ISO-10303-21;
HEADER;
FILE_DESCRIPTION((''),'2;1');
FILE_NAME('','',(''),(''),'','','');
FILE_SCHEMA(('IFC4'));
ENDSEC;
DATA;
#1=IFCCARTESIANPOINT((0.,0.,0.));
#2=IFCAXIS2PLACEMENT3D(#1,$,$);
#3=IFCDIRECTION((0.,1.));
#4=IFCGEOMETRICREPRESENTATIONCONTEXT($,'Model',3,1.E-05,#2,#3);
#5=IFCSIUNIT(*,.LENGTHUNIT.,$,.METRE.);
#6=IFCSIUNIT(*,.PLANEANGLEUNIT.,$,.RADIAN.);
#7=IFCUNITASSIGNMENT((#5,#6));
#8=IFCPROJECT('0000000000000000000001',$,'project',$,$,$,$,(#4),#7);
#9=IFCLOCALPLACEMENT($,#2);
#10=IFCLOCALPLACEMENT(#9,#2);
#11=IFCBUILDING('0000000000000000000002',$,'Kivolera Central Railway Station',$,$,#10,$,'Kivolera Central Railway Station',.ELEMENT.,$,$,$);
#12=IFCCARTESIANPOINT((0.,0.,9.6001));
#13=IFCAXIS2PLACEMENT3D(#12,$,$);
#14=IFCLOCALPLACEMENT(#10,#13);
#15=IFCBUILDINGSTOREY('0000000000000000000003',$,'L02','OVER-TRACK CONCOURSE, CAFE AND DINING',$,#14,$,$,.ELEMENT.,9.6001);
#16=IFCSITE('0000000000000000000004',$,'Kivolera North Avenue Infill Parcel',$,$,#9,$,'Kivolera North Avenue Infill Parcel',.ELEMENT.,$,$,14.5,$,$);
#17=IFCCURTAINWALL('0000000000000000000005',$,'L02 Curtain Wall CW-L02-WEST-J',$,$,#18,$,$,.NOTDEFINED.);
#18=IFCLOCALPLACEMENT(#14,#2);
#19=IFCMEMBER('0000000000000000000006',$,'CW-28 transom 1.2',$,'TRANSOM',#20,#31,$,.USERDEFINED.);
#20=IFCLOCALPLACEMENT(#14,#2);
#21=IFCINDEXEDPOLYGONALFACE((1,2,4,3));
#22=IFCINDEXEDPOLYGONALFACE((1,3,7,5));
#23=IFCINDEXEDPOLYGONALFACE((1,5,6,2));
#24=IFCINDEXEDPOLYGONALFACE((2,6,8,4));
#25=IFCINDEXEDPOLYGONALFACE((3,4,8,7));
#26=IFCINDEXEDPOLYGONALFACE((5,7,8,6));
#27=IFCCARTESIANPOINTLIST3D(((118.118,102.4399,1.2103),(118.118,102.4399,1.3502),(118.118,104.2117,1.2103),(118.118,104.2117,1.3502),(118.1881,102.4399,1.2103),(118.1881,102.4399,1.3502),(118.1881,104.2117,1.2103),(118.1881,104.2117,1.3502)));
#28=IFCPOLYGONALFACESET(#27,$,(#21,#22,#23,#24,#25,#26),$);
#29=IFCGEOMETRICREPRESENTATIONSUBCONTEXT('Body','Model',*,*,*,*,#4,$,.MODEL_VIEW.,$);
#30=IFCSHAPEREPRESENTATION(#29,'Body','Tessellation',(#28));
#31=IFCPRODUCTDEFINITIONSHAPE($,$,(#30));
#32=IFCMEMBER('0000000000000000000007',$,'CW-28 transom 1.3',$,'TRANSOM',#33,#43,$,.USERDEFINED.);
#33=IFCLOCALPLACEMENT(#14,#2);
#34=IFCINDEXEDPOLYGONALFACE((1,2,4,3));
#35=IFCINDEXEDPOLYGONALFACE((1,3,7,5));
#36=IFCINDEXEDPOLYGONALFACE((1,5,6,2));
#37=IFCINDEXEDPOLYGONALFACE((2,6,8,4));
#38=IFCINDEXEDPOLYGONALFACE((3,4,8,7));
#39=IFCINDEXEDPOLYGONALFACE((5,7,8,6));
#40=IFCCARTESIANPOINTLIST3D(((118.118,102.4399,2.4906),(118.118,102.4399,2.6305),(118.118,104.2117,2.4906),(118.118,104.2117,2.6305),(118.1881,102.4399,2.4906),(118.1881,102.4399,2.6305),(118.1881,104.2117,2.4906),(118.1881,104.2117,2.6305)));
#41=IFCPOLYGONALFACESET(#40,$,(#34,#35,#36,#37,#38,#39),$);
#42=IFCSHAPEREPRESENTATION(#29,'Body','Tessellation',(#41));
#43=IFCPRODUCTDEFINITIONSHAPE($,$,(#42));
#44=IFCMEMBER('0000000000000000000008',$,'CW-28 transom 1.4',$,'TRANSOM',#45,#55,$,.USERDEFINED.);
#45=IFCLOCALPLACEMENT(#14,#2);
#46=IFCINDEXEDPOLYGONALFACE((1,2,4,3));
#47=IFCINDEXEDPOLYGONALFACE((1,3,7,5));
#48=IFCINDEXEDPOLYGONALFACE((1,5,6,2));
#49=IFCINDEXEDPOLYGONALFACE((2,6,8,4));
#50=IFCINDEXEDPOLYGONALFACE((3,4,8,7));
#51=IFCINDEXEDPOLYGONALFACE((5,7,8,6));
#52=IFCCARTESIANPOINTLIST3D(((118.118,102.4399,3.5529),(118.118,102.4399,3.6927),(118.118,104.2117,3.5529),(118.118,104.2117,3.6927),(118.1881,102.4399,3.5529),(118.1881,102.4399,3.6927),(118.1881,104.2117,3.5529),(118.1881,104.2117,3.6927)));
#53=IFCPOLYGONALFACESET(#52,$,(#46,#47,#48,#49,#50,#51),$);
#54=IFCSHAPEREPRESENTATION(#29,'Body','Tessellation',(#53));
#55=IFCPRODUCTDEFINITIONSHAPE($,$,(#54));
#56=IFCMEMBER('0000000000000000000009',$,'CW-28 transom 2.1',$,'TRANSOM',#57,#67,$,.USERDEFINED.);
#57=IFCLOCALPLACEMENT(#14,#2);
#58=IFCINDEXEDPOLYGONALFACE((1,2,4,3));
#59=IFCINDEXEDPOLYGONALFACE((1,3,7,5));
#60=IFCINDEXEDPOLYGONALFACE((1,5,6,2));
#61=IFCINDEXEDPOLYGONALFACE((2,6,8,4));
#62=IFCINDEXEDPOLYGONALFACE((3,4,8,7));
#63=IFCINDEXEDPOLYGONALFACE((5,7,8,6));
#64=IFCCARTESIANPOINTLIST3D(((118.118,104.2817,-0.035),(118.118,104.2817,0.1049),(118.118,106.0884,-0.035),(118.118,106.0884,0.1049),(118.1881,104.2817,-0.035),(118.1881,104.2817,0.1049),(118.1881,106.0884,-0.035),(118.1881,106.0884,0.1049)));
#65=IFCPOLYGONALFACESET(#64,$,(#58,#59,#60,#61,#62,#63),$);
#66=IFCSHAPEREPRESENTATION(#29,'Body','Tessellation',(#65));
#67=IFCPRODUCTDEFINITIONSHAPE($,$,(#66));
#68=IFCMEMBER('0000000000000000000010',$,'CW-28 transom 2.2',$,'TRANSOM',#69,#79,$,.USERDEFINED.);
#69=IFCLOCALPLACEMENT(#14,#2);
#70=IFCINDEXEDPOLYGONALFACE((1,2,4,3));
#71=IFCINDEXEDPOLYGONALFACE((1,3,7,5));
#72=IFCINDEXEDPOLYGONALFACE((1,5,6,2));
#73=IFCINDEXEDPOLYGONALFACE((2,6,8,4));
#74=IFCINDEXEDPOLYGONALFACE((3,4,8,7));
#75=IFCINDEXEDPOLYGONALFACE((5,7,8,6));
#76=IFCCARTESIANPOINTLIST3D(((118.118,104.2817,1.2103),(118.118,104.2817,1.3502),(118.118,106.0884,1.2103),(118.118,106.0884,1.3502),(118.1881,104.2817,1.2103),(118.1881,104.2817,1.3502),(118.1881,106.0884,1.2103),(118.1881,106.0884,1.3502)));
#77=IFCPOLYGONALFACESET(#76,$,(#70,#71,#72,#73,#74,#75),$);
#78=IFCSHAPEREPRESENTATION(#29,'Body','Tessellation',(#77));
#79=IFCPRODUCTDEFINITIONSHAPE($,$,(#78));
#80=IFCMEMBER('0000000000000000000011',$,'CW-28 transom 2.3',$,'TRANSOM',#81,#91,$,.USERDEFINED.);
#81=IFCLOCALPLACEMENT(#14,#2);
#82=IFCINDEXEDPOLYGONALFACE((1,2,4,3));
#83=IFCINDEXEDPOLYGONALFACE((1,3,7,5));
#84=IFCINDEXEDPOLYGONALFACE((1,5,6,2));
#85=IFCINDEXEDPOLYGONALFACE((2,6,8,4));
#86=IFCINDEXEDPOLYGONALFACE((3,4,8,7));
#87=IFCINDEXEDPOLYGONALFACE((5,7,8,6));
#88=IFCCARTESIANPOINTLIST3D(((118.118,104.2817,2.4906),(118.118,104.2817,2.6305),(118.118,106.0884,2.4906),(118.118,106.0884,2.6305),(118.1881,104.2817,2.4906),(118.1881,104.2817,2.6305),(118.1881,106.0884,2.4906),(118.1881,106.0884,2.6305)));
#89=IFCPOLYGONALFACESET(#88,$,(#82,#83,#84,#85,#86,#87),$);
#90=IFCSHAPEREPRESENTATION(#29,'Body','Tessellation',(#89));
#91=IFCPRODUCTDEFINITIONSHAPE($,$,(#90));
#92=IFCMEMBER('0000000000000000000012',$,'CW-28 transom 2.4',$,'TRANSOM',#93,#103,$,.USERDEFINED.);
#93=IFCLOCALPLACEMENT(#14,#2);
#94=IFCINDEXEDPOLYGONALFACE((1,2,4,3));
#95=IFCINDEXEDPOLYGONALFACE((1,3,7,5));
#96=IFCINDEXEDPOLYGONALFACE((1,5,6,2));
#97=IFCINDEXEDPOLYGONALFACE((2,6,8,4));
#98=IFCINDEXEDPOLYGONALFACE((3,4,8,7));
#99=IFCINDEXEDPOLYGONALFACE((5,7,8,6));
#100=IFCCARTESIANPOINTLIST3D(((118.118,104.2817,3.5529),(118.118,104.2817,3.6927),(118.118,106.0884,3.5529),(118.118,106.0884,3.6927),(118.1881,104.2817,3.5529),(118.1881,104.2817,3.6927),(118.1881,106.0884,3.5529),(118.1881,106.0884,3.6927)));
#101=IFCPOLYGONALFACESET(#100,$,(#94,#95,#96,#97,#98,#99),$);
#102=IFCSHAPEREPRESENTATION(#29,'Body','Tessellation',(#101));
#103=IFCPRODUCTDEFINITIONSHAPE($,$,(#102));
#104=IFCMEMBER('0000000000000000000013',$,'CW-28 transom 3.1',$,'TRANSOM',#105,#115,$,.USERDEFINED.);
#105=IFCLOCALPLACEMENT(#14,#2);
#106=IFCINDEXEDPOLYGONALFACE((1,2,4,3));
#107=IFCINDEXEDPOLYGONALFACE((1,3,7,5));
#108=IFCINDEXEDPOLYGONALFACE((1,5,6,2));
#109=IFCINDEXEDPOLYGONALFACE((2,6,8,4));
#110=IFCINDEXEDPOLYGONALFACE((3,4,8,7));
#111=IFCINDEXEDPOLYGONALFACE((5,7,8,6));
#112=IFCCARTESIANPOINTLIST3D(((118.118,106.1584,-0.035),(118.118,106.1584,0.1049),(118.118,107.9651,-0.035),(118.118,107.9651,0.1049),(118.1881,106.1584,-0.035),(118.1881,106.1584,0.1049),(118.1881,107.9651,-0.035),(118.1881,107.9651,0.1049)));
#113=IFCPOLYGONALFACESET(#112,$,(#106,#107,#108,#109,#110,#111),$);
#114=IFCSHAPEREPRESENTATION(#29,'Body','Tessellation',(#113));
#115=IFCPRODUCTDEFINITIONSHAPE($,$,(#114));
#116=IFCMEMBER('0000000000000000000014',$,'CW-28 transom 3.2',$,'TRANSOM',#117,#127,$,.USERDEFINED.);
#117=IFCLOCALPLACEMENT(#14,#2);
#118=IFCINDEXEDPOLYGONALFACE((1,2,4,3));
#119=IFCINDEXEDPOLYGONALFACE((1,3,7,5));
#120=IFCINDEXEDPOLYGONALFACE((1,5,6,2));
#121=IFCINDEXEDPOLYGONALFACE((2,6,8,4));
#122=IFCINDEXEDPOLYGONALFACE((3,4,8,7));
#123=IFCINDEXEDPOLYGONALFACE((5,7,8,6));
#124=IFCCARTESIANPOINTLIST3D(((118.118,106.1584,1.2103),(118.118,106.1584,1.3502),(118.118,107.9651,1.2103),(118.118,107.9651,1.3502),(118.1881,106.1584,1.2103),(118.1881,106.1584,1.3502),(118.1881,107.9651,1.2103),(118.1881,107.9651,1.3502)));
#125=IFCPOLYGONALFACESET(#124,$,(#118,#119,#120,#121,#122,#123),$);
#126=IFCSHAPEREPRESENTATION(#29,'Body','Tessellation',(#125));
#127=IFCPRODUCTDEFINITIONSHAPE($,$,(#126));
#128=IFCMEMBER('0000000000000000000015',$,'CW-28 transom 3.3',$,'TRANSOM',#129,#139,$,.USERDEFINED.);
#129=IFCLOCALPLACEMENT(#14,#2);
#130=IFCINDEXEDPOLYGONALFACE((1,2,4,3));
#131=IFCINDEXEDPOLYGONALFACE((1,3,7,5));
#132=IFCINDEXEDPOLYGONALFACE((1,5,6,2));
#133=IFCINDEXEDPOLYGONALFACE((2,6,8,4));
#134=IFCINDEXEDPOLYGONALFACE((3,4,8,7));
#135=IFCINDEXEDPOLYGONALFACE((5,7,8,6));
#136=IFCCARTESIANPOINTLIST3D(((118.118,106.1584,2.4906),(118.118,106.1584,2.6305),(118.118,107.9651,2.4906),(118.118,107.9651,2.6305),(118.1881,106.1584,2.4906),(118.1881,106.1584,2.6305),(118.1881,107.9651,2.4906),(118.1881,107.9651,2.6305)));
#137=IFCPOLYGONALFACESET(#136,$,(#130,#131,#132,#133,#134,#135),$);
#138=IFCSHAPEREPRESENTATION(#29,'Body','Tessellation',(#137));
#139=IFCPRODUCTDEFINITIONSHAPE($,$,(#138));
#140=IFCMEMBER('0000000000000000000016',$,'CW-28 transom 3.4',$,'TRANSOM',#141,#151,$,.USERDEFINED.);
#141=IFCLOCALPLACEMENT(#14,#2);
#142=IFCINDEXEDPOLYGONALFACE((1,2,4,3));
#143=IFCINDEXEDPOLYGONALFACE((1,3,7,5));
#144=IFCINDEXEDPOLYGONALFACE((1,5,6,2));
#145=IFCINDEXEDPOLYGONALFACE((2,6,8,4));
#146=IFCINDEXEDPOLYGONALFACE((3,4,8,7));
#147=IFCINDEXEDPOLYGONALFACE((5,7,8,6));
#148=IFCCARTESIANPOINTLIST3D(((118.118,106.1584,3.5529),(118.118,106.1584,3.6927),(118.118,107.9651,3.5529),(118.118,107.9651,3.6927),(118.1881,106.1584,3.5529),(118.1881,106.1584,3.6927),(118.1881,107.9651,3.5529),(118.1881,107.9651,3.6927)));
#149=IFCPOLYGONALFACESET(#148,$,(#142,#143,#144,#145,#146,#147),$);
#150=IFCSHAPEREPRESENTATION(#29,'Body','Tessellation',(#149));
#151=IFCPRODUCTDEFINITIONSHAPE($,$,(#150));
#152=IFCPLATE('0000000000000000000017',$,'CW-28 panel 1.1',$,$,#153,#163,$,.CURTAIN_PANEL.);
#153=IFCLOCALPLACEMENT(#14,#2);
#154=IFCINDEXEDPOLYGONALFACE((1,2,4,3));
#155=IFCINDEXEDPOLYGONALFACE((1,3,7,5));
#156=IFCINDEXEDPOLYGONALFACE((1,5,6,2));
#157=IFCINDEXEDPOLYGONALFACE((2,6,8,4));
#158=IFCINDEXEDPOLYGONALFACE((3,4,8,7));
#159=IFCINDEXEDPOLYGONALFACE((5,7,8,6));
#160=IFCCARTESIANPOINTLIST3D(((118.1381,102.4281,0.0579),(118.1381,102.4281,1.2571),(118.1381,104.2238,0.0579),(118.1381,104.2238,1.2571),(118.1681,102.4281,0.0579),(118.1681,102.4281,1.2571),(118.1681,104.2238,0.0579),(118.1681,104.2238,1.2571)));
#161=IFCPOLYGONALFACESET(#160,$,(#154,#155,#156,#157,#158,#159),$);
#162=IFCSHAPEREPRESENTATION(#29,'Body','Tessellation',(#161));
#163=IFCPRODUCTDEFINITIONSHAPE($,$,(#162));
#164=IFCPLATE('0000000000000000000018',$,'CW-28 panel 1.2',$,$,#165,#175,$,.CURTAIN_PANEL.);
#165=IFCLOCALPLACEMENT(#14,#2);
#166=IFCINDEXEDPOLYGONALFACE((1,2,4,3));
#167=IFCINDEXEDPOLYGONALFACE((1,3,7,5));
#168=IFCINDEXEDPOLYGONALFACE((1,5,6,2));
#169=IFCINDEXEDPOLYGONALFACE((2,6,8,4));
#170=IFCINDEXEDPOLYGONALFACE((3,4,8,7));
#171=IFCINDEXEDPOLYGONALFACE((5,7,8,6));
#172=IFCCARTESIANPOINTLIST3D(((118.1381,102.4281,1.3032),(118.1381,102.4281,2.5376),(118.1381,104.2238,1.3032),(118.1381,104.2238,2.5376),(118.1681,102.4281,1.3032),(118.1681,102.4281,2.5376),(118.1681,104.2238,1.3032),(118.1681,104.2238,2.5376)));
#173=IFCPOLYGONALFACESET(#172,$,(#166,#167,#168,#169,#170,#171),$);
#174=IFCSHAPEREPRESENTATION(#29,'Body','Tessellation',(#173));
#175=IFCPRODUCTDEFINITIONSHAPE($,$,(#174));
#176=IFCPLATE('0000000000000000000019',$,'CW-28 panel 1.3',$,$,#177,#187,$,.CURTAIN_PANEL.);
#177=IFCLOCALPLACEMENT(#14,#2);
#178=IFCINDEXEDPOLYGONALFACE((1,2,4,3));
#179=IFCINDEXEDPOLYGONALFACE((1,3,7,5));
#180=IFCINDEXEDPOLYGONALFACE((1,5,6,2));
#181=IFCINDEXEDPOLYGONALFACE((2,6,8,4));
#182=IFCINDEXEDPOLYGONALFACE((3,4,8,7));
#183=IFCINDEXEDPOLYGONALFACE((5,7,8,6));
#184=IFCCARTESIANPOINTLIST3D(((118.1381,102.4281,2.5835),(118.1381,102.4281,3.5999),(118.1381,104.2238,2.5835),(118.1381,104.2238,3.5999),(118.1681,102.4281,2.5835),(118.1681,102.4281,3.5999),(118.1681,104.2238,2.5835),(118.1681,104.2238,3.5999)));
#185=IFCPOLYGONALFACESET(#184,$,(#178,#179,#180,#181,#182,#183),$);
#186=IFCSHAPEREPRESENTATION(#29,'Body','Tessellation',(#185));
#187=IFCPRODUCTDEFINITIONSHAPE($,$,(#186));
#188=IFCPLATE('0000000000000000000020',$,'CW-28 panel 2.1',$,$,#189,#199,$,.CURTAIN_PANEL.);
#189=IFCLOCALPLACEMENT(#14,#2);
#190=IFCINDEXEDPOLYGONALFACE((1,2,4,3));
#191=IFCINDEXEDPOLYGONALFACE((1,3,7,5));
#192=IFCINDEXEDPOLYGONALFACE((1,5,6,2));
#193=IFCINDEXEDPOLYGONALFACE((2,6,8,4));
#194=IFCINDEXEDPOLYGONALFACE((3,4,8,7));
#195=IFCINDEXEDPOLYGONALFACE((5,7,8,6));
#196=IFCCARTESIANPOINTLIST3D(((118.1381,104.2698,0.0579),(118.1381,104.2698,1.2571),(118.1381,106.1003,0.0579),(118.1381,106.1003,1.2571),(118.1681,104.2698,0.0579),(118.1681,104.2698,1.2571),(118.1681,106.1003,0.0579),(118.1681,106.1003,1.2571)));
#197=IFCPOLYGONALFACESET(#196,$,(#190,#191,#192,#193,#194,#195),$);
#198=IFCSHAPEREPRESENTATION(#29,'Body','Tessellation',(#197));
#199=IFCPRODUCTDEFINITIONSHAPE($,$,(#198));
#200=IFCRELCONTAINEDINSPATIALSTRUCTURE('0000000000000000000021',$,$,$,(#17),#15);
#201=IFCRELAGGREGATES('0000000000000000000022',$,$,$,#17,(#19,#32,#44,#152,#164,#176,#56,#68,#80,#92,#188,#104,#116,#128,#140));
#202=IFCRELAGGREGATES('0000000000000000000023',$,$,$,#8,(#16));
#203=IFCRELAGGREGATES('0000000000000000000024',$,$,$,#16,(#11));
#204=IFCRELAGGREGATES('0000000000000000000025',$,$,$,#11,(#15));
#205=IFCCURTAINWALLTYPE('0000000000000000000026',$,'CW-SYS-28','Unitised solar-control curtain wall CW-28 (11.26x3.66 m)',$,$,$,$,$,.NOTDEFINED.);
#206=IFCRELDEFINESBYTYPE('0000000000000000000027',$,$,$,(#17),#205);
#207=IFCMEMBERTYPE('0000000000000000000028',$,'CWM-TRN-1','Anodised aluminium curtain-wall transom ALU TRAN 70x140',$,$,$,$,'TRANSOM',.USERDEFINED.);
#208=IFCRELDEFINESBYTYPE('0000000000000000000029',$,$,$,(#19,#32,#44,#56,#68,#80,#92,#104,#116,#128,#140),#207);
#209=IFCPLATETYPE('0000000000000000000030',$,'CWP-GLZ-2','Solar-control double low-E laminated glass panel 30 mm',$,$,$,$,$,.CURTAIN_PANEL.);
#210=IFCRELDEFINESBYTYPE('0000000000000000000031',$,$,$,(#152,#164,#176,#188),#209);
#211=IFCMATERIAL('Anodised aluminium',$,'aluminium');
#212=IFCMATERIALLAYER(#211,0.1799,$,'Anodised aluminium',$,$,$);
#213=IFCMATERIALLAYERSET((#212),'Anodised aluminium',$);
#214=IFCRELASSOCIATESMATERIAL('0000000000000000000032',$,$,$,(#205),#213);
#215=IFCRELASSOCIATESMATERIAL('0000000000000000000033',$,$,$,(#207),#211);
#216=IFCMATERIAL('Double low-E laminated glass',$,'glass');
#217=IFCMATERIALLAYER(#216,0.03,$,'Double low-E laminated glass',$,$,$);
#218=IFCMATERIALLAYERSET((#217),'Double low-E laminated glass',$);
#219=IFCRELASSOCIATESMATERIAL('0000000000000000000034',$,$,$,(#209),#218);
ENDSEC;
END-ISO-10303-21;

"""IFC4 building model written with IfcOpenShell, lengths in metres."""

from ifc_helpers import new_model, si_unit, direction, frame, origin, origin_2d, place, context, subcontext, project, spatial, rectangle, extrude, material, layer, layer_set, material_profile, profile_set, type_object, element, aggregate, save


model = new_model("IFC4")

# Units and contexts
model_context = context("Model", 3, precision=1e-05, world=origin(), true_north=direction((0.0, 1.0)))
body_context = subcontext(model_context, "Body", "Model", "MODEL_VIEW")
ifc_project = project(units=[si_unit("LENGTHUNIT", "METRE"), si_unit("PLANEANGLEUNIT", "RADIAN")], contexts=[model_context])

# Site, building, storey
site_placement = place(None, origin())
site = spatial("IfcSite", under=ifc_project, at=site_placement, Name="Kivolera North Avenue Infill Parcel", LongName="Kivolera North Avenue Infill Parcel", CompositionType="ELEMENT", RefElevation=14.5)
building_placement = place(site_placement, origin())
building = spatial("IfcBuilding", under=site, at=building_placement, Name="Kivolera Central Railway Station", LongName="Kivolera Central Railway Station", CompositionType="ELEMENT")
storey_placement = place(building_placement, frame((0.0, 0.0, 9.6001)))
storey = spatial("IfcBuildingStorey", under=building, at=storey_placement, Name="L02", Description="OVER-TRACK CONCOURSE, CAFE AND DINING", CompositionType="ELEMENT", Elevation=9.6001)

# Curtain wall, members, plates
ifc_material_1 = material(Name="Anodised aluminium", Category="aluminium")
ifc_layer_1 = layer(ifc_material_1, 0.1799, Name="Anodised aluminium")
ifc_layer_set_1 = layer_set([ifc_layer_1], Name="Anodised aluminium")
curtain_wall_type_1 = type_object("IfcCurtainWallType", Name="CW-SYS-28", Description="Unitised solar-control curtain wall CW-28 (11.26x3.66 m)", PredefinedType="NOTDEFINED", material=ifc_layer_set_1)
curtain_wall_1_placement = place(storey_placement, origin())
curtain_wall_1 = element("IfcCurtainWall", 1, at=curtain_wall_1_placement, inside=storey, type_object=curtain_wall_type_1, Name="L02 Curtain Wall CW-L02-WEST-J", PredefinedType="NOTDEFINED")
ifc_material_profile_1 = material_profile(ifc_material_1, rectangle(XDim=0.0701, YDim=0.1399, at=origin_2d()), Name="ALU TRAN 70x140")
ifc_profile_set_1 = profile_set([ifc_material_profile_1], Name="Anodised aluminium")
member_type_1 = type_object("IfcMemberType", Name="CWM-TRN-1", Description="Anodised aluminium curtain-wall transom ALU TRAN 70x140", ElementType="TRANSOM", PredefinedType="USERDEFINED", material=ifc_profile_set_1)
member_1_placement = place(storey_placement, frame((118.1531, 102.4399, 1.2803), z_axis=(0.0, 1.0, 0.0), x_axis=(-1.0, 0.0, 0.0)))
member_1 = element("IfcMember", 2, at=member_1_placement, type_object=member_type_1, Name="CW-28 transom 1.2", ObjectType="TRANSOM", PredefinedType="USERDEFINED", context=body_context, shape_type="SweptSolid", body=[
    extrude(rectangle(XDim=0.0701, YDim=0.1399, at=origin_2d()), origin(), (0.0, 0.0, 1.0), 1.7717),
])
member_2_placement = place(storey_placement, frame((118.1531, 102.4399, 2.5605), z_axis=(0.0, 1.0, 0.0), x_axis=(-1.0, 0.0, 0.0)))
member_2 = element("IfcMember", 3, at=member_2_placement, type_object=member_type_1, Name="CW-28 transom 1.3", ObjectType="TRANSOM", PredefinedType="USERDEFINED", context=body_context, shape_type="SweptSolid", body=[
    extrude(rectangle(XDim=0.0701, YDim=0.1399, at=origin_2d()), origin(), (0.0, 0.0, 1.0), 1.7717),
])
member_3_placement = place(storey_placement, frame((118.1531, 102.4399, 3.6228), z_axis=(0.0, 1.0, 0.0), x_axis=(-1.0, 0.0, 0.0)))
member_3 = element("IfcMember", 4, at=member_3_placement, type_object=member_type_1, Name="CW-28 transom 1.4", ObjectType="TRANSOM", PredefinedType="USERDEFINED", context=body_context, shape_type="SweptSolid", body=[
    extrude(rectangle(XDim=0.0701, YDim=0.1399, at=origin_2d()), origin(), (0.0, 0.0, 1.0), 1.7717),
])
member_4_placement = place(storey_placement, frame((118.1531, 104.2817, 0.0349), z_axis=(0.0, 1.0, 0.0), x_axis=(-1.0, 0.0, 0.0)))
member_4 = element("IfcMember", 5, at=member_4_placement, type_object=member_type_1, Name="CW-28 transom 2.1", ObjectType="TRANSOM", PredefinedType="USERDEFINED", context=body_context, shape_type="SweptSolid", body=[
    extrude(rectangle(XDim=0.0701, YDim=0.1399, at=origin_2d()), origin(), (0.0, 0.0, 1.0), 1.8066),
])
member_5_placement = place(storey_placement, frame((118.1531, 104.2817, 1.2803), z_axis=(0.0, 1.0, 0.0), x_axis=(-1.0, 0.0, 0.0)))
member_5 = element("IfcMember", 6, at=member_5_placement, type_object=member_type_1, Name="CW-28 transom 2.2", ObjectType="TRANSOM", PredefinedType="USERDEFINED", context=body_context, shape_type="SweptSolid", body=[
    extrude(rectangle(XDim=0.0701, YDim=0.1399, at=origin_2d()), origin(), (0.0, 0.0, 1.0), 1.8066),
])
member_6_placement = place(storey_placement, frame((118.1531, 104.2817, 2.5605), z_axis=(0.0, 1.0, 0.0), x_axis=(-1.0, 0.0, 0.0)))
member_6 = element("IfcMember", 7, at=member_6_placement, type_object=member_type_1, Name="CW-28 transom 2.3", ObjectType="TRANSOM", PredefinedType="USERDEFINED", context=body_context, shape_type="SweptSolid", body=[
    extrude(rectangle(XDim=0.0701, YDim=0.1399, at=origin_2d()), origin(), (0.0, 0.0, 1.0), 1.8066),
])
member_7_placement = place(storey_placement, frame((118.1531, 104.2817, 3.6228), z_axis=(0.0, 1.0, 0.0), x_axis=(-1.0, 0.0, 0.0)))
member_7 = element("IfcMember", 8, at=member_7_placement, type_object=member_type_1, Name="CW-28 transom 2.4", ObjectType="TRANSOM", PredefinedType="USERDEFINED", context=body_context, shape_type="SweptSolid", body=[
    extrude(rectangle(XDim=0.0701, YDim=0.1399, at=origin_2d()), origin(), (0.0, 0.0, 1.0), 1.8066),
])
member_8_placement = place(storey_placement, frame((118.1531, 106.1584, 0.0349), z_axis=(0.0, 1.0, 0.0), x_axis=(-1.0, 0.0, 0.0)))
member_8 = element("IfcMember", 9, at=member_8_placement, type_object=member_type_1, Name="CW-28 transom 3.1", ObjectType="TRANSOM", PredefinedType="USERDEFINED", context=body_context, shape_type="SweptSolid", body=[
    extrude(rectangle(XDim=0.0701, YDim=0.1399, at=origin_2d()), origin(), (0.0, 0.0, 1.0), 1.8066),
])
member_9_placement = place(storey_placement, frame((118.1531, 106.1584, 1.2803), z_axis=(0.0, 1.0, 0.0), x_axis=(-1.0, 0.0, 0.0)))
member_9 = element("IfcMember", 10, at=member_9_placement, type_object=member_type_1, Name="CW-28 transom 3.2", ObjectType="TRANSOM", PredefinedType="USERDEFINED", context=body_context, shape_type="SweptSolid", body=[
    extrude(rectangle(XDim=0.0701, YDim=0.1399, at=origin_2d()), origin(), (0.0, 0.0, 1.0), 1.8066),
])
member_10_placement = place(storey_placement, frame((118.1531, 106.1584, 2.5605), z_axis=(0.0, 1.0, 0.0), x_axis=(-1.0, 0.0, 0.0)))
member_10 = element("IfcMember", 11, at=member_10_placement, type_object=member_type_1, Name="CW-28 transom 3.3", ObjectType="TRANSOM", PredefinedType="USERDEFINED", context=body_context, shape_type="SweptSolid", body=[
    extrude(rectangle(XDim=0.0701, YDim=0.1399, at=origin_2d()), origin(), (0.0, 0.0, 1.0), 1.8066),
])
member_11_placement = place(storey_placement, frame((118.1531, 106.1584, 3.6228), z_axis=(0.0, 1.0, 0.0), x_axis=(-1.0, 0.0, 0.0)))
member_11 = element("IfcMember", 12, at=member_11_placement, type_object=member_type_1, Name="CW-28 transom 3.4", ObjectType="TRANSOM", PredefinedType="USERDEFINED", context=body_context, shape_type="SweptSolid", body=[
    extrude(rectangle(XDim=0.0701, YDim=0.1399, at=origin_2d()), origin(), (0.0, 0.0, 1.0), 1.8066),
])
ifc_material_2 = material(Name="Double low-E laminated glass", Category="glass")
ifc_layer_2 = layer(ifc_material_2, 0.03, Name="Double low-E laminated glass")
ifc_layer_set_2 = layer_set([ifc_layer_2], Name="Double low-E laminated glass")
plate_type_1 = type_object("IfcPlateType", Name="CWP-GLZ-2", Description="Solar-control double low-E laminated glass panel 30 mm", PredefinedType="CURTAIN_PANEL", material=ifc_layer_set_2)
plate_1_placement = place(storey_placement, frame((118.1531, 103.3259, 0.0579), z_axis=(0.0, 0.0, 1.0), x_axis=(0.0, 1.0, 0.0)))
plate_1 = element("IfcPlate", 13, at=plate_1_placement, type_object=plate_type_1, Name="CW-28 panel 1.1", PredefinedType="CURTAIN_PANEL", context=body_context, shape_type="SweptSolid", body=[
    extrude(rectangle(XDim=1.7957, YDim=0.03, at=origin_2d()), origin(), (0.0, 0.0, 1.0), 1.1992),
])
plate_2_placement = place(storey_placement, frame((118.1531, 103.3259, 1.3032), z_axis=(0.0, 0.0, 1.0), x_axis=(0.0, 1.0, 0.0)))
plate_2 = element("IfcPlate", 14, at=plate_2_placement, type_object=plate_type_1, Name="CW-28 panel 1.2", PredefinedType="CURTAIN_PANEL", context=body_context, shape_type="SweptSolid", body=[
    extrude(rectangle(XDim=1.7957, YDim=0.03, at=origin_2d()), origin(), (0.0, 0.0, 1.0), 1.2344),
])
plate_3_placement = place(storey_placement, frame((118.1531, 103.3259, 2.5835), z_axis=(0.0, 0.0, 1.0), x_axis=(0.0, 1.0, 0.0)))
plate_3 = element("IfcPlate", 15, at=plate_3_placement, type_object=plate_type_1, Name="CW-28 panel 1.3", PredefinedType="CURTAIN_PANEL", context=body_context, shape_type="SweptSolid", body=[
    extrude(rectangle(XDim=1.7957, YDim=0.03, at=origin_2d()), origin(), (0.0, 0.0, 1.0), 1.0164),
])
plate_4_placement = place(storey_placement, frame((118.1531, 105.1851, 0.0579), z_axis=(0.0, 0.0, 1.0), x_axis=(0.0, 1.0, 0.0)))
plate_4 = element("IfcPlate", 16, at=plate_4_placement, type_object=plate_type_1, Name="CW-28 panel 2.1", PredefinedType="CURTAIN_PANEL", context=body_context, shape_type="SweptSolid", body=[
    extrude(rectangle(XDim=1.8306, YDim=0.03, at=origin_2d()), origin(), (0.0, 0.0, 1.0), 1.1992),
])
aggregate(curtain_wall_1, [member_1, member_2, member_3, plate_1, plate_2, plate_3, member_4, member_5, member_6, member_7, plate_4, member_8, member_9, member_10, member_11])

save(model, "model.ifc")
